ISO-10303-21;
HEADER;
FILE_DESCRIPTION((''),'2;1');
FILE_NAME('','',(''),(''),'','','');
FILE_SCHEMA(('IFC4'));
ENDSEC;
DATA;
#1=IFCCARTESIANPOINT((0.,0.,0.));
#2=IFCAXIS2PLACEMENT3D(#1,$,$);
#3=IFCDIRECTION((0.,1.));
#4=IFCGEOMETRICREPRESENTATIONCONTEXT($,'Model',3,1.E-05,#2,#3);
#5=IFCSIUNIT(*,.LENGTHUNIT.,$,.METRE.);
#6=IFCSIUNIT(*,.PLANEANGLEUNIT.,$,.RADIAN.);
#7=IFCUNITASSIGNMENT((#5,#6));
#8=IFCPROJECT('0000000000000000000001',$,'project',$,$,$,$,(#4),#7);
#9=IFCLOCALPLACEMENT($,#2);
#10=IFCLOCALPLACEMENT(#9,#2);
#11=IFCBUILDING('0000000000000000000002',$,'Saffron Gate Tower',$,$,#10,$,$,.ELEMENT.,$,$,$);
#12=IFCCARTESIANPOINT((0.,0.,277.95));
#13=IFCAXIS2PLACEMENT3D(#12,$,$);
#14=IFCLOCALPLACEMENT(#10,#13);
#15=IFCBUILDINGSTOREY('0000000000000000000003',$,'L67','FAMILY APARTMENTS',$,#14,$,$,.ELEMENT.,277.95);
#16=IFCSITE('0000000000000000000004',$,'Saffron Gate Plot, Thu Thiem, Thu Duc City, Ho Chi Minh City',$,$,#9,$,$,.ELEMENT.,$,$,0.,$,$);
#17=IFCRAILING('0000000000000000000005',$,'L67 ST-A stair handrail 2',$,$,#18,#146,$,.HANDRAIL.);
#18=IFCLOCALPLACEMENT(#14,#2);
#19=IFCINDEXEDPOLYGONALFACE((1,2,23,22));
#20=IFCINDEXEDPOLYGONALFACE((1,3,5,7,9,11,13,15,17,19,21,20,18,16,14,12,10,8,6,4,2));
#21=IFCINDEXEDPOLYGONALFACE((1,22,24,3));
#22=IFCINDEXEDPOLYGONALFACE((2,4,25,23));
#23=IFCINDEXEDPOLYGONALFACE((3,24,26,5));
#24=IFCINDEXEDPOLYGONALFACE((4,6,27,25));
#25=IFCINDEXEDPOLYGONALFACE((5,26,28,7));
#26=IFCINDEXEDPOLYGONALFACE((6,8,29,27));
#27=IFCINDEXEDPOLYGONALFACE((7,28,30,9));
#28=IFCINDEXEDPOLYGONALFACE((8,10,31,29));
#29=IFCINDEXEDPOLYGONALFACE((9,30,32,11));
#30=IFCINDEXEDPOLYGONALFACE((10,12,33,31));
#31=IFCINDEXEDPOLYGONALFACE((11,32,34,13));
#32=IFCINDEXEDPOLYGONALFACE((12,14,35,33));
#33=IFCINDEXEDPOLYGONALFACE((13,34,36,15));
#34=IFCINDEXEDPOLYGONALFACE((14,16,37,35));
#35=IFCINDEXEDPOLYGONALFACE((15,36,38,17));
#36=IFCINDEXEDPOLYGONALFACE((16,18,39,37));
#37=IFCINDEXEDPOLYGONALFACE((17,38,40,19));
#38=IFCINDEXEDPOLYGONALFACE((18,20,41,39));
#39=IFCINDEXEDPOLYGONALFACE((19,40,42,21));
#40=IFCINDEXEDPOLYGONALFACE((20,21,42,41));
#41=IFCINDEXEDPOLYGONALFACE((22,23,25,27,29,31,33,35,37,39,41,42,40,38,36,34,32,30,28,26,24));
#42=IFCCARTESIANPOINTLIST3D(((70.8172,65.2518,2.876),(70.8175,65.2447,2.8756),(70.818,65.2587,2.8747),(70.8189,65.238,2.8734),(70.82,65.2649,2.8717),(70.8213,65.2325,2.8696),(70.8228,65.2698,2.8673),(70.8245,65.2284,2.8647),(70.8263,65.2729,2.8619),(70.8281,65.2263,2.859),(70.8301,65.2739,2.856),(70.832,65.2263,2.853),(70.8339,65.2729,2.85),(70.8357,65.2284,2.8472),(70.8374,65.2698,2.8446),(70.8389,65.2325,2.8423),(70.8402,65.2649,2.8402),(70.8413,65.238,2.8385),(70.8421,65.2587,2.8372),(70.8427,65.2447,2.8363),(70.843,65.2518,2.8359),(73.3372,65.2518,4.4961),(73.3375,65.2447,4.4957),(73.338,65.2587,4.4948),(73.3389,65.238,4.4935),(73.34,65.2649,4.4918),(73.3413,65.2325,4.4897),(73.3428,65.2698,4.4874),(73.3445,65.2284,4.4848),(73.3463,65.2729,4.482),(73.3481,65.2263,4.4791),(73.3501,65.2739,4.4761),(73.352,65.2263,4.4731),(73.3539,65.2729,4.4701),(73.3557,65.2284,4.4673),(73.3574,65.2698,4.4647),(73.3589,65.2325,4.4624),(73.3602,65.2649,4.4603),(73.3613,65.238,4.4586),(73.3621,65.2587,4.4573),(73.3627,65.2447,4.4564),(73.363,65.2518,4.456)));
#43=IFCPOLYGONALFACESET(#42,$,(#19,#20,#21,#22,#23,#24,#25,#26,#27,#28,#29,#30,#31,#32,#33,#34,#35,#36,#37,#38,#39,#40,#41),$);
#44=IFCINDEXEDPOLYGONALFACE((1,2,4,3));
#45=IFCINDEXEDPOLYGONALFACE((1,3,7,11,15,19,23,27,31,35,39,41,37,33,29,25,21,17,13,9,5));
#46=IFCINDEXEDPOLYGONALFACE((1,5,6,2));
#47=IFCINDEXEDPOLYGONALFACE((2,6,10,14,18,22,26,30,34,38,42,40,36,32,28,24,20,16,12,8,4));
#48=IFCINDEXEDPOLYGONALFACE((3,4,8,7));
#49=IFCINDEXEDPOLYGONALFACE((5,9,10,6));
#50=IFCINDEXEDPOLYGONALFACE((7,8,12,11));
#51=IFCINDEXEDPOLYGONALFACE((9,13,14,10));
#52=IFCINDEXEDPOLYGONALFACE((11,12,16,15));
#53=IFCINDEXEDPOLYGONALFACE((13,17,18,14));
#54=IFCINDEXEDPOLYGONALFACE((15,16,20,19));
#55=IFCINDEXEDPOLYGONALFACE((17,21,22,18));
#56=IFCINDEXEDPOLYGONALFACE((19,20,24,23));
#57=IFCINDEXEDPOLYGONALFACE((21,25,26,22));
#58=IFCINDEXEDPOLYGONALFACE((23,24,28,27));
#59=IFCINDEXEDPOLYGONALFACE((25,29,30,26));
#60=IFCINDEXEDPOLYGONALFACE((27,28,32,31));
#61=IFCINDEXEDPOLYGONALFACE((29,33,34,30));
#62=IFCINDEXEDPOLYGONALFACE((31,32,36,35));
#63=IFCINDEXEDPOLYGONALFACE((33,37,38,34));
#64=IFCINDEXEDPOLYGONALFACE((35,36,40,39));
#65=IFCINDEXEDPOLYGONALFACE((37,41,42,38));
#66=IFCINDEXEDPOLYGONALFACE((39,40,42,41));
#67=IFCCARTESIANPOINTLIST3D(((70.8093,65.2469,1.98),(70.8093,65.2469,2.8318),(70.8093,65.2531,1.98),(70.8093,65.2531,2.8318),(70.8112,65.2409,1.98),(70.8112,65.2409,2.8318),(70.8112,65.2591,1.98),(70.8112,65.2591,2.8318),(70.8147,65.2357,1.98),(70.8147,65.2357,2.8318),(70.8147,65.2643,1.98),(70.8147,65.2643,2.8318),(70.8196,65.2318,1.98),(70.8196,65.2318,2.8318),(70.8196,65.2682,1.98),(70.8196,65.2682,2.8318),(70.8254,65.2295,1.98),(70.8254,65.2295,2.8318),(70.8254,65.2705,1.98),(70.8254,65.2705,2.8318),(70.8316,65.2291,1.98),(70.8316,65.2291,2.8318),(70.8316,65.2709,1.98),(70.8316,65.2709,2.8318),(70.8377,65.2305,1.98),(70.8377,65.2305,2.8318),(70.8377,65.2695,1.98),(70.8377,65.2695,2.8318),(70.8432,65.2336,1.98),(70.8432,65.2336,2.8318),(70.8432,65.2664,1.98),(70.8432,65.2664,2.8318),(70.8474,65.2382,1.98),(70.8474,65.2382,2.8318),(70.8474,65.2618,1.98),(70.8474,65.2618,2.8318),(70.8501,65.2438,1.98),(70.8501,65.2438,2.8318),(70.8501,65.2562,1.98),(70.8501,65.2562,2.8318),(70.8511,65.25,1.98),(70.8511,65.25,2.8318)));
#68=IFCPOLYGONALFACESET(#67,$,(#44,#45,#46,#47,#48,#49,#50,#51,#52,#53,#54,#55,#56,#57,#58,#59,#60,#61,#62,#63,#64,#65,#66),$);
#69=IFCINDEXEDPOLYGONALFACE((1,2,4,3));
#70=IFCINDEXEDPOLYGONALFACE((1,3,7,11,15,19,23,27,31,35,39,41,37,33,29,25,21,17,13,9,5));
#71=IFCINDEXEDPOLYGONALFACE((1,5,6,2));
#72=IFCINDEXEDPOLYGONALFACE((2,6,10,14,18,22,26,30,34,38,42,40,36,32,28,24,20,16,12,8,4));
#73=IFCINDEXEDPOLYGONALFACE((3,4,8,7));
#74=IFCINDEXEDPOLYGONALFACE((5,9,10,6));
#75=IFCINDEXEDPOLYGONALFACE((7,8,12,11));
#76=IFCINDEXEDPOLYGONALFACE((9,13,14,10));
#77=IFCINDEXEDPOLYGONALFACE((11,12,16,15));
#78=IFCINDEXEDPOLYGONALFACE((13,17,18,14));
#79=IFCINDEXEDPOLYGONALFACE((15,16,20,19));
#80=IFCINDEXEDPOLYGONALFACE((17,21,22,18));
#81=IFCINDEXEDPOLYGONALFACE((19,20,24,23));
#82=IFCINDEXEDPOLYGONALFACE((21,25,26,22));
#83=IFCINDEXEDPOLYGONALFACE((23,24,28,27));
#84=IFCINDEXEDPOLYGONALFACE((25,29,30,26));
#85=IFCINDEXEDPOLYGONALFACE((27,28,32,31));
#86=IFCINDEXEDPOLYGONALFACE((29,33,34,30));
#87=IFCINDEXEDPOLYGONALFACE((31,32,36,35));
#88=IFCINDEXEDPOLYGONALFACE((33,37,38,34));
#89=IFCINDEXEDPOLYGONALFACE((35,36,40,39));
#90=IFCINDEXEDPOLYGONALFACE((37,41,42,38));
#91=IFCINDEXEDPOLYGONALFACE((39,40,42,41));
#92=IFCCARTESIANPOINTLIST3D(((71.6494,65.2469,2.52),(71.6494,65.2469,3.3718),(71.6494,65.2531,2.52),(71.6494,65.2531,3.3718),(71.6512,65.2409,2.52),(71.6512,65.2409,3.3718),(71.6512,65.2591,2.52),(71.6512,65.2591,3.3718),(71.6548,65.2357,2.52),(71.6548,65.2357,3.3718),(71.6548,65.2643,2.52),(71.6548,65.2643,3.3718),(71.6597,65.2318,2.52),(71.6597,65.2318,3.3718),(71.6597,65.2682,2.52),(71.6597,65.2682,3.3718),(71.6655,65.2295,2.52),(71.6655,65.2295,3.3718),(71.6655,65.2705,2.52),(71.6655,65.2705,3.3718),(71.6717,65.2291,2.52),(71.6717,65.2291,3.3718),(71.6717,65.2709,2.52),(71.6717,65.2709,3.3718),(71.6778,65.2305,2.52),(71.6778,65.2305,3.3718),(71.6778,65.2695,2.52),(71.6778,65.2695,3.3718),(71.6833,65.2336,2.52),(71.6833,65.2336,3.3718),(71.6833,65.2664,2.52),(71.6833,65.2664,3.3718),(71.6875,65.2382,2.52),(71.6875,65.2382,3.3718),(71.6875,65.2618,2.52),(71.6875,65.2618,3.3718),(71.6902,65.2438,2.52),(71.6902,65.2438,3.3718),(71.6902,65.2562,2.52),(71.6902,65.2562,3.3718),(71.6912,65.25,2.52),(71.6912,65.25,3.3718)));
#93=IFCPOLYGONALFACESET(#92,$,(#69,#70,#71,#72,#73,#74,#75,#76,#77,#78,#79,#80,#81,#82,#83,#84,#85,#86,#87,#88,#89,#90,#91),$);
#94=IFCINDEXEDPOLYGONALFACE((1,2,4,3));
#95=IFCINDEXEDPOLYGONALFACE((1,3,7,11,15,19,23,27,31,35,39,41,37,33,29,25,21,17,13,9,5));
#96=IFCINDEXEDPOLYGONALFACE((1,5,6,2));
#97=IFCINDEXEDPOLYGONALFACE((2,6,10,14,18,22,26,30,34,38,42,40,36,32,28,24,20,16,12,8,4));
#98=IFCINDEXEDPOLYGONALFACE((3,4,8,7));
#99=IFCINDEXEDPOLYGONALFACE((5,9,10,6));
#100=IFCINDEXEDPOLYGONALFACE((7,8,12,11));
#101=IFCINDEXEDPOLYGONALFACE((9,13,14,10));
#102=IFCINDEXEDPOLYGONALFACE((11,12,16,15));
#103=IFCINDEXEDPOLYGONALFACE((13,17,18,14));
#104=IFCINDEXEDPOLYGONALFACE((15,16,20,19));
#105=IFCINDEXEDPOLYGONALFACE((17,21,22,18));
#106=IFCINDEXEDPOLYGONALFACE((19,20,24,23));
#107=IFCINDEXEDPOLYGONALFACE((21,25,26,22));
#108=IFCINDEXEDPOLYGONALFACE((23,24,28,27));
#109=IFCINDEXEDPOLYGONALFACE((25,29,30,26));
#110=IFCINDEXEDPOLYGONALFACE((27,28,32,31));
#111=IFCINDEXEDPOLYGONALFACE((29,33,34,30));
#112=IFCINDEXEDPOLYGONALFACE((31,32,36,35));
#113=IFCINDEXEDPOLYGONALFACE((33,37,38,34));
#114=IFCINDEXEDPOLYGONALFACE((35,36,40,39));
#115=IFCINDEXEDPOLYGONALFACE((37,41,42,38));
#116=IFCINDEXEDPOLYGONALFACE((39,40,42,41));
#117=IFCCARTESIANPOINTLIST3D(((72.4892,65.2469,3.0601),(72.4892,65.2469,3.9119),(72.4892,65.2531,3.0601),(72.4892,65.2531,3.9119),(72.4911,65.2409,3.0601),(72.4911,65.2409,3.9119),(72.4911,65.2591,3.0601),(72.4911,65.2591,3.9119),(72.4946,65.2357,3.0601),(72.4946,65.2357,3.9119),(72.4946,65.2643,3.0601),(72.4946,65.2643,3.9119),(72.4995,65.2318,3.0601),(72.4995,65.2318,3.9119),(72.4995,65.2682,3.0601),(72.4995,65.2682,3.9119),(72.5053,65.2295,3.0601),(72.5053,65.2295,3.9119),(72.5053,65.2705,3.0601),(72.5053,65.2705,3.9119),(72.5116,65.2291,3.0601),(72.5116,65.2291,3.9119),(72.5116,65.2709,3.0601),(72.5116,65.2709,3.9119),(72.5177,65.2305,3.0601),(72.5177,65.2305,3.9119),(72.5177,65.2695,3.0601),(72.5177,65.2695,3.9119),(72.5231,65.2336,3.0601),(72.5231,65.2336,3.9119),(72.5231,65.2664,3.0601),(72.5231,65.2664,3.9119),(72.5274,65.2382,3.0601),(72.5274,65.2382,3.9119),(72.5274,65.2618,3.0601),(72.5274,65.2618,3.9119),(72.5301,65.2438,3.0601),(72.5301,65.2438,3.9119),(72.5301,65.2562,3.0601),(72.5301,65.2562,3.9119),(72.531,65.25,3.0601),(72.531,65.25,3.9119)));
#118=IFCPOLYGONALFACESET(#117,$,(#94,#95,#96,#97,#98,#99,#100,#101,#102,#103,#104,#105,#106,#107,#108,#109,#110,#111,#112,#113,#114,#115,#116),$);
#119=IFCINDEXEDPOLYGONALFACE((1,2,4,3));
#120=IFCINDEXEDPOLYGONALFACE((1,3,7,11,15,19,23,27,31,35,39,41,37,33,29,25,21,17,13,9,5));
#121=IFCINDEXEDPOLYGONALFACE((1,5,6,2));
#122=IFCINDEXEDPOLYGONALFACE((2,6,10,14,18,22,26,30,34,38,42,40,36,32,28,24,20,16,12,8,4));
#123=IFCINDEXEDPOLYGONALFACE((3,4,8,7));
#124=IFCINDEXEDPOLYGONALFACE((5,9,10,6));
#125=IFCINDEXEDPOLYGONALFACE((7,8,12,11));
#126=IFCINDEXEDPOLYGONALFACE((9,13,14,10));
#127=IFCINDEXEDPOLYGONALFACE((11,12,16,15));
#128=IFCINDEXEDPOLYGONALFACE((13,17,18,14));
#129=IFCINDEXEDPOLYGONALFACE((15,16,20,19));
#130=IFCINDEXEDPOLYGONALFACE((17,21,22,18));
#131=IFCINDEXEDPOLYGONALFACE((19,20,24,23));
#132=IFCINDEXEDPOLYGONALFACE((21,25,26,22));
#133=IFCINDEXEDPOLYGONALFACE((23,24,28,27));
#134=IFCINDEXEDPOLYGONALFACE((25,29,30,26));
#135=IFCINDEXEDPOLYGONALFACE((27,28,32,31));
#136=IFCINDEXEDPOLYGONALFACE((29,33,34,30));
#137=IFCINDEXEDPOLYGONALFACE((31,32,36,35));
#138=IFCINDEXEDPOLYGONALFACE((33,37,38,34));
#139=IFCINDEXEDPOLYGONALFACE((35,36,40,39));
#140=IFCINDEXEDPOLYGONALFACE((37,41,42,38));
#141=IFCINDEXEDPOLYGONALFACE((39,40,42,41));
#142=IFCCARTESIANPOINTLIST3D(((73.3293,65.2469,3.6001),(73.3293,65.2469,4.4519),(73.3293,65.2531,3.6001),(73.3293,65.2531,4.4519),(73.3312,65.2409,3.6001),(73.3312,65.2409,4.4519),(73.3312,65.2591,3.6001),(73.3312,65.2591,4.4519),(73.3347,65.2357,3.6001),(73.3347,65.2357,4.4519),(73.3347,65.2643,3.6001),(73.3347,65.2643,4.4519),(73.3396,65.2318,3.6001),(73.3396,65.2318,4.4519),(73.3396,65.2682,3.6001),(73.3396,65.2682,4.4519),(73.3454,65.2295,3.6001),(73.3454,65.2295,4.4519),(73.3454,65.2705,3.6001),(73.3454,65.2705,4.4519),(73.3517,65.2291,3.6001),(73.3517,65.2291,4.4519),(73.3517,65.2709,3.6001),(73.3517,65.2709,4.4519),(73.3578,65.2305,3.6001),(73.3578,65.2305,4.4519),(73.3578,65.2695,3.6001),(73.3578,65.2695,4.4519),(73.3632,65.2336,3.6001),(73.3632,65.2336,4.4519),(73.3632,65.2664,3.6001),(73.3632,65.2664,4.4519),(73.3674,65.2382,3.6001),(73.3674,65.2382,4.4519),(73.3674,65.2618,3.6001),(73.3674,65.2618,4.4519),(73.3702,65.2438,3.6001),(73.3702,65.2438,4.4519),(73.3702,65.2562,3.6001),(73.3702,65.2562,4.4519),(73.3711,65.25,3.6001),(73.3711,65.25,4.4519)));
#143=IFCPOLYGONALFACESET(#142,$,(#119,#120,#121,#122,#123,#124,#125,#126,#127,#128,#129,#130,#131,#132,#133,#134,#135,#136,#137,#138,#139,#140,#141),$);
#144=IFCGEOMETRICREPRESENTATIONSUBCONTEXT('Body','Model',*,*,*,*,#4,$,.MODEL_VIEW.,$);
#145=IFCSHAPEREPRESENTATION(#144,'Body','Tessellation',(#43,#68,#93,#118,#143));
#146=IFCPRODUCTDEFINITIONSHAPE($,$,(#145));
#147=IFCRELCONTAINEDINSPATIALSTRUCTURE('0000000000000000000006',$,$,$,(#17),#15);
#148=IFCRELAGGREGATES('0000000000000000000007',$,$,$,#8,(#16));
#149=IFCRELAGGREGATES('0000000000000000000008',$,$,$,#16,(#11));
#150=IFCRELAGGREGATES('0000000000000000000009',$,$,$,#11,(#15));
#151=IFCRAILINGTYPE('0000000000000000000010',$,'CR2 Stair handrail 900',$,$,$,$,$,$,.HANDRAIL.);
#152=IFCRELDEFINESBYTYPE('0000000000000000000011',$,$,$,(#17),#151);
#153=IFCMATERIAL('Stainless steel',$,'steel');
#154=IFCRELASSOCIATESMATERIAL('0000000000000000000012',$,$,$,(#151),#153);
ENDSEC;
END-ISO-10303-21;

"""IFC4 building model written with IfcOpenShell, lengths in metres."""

from ifc_helpers import new_model, si_unit, direction, frame, origin, origin_2d, place, context, subcontext, project, spatial, circle, extrude, material, type_object, element, save


model = new_model("IFC4")

# Units and contexts
model_context = context("Model", 3, precision=1e-05, world=origin(), true_north=direction((0.0, 1.0)))
body_context = subcontext(model_context, "Body", "Model", "MODEL_VIEW")
ifc_project = project(units=[si_unit("LENGTHUNIT", "METRE"), si_unit("PLANEANGLEUNIT", "RADIAN")], contexts=[model_context])

# Site, building, storey
site_placement = place(None, origin())
site = spatial("IfcSite", under=ifc_project, at=site_placement, Name="Saffron Gate Plot, Thu Thiem, Thu Duc City, Ho Chi Minh City", CompositionType="ELEMENT", RefElevation=0.0)
building_placement = place(site_placement, origin())
building = spatial("IfcBuilding", under=site, at=building_placement, Name="Saffron Gate Tower", CompositionType="ELEMENT")
storey_placement = place(building_placement, frame((0.0, 0.0, 277.95)))
storey = spatial("IfcBuildingStorey", under=building, at=storey_placement, Name="L67", Description="FAMILY APARTMENTS", CompositionType="ELEMENT", Elevation=277.95)

# Railing
ifc_material_1 = material(Name="Stainless steel", Category="steel")
railing_type_1 = type_object("IfcRailingType", Name="CR2 Stair handrail 900", PredefinedType="HANDRAIL", material=ifc_material_1)
railing_1_placement = place(storey_placement, frame((70.8301, 65.25, 1.98)))
element("IfcRailing", 1, at=railing_1_placement, inside=storey, type_object=railing_type_1, Name="L67 ST-A stair handrail 2", PredefinedType="HANDRAIL", context=body_context, shape_type="SweptSolid", body=[
    extrude(circle(Radius=0.0239, at=origin_2d()), frame((0.0, 0.0, 0.876), z_axis=(0.841163, 0.0, 0.540782), x_axis=(0.0, 1.0, 0.0)), (0.0, 0.0, 1.0), 2.9958),
    extrude(circle(Radius=0.021, at=origin_2d()), origin(), (0.0, 0.0, 1.0), 0.8518),
    extrude(circle(Radius=0.021, at=origin_2d()), frame((0.8401, 0.0, 0.54)), (0.0, 0.0, 1.0), 0.8518),
    extrude(circle(Radius=0.021, at=origin_2d()), frame((1.6799, 0.0, 1.0801)), (0.0, 0.0, 1.0), 0.8518),
    extrude(circle(Radius=0.021, at=origin_2d()), frame((2.52, 0.0, 1.6201)), (0.0, 0.0, 1.0), 0.8518),
])

save(model, "model.ifc")
